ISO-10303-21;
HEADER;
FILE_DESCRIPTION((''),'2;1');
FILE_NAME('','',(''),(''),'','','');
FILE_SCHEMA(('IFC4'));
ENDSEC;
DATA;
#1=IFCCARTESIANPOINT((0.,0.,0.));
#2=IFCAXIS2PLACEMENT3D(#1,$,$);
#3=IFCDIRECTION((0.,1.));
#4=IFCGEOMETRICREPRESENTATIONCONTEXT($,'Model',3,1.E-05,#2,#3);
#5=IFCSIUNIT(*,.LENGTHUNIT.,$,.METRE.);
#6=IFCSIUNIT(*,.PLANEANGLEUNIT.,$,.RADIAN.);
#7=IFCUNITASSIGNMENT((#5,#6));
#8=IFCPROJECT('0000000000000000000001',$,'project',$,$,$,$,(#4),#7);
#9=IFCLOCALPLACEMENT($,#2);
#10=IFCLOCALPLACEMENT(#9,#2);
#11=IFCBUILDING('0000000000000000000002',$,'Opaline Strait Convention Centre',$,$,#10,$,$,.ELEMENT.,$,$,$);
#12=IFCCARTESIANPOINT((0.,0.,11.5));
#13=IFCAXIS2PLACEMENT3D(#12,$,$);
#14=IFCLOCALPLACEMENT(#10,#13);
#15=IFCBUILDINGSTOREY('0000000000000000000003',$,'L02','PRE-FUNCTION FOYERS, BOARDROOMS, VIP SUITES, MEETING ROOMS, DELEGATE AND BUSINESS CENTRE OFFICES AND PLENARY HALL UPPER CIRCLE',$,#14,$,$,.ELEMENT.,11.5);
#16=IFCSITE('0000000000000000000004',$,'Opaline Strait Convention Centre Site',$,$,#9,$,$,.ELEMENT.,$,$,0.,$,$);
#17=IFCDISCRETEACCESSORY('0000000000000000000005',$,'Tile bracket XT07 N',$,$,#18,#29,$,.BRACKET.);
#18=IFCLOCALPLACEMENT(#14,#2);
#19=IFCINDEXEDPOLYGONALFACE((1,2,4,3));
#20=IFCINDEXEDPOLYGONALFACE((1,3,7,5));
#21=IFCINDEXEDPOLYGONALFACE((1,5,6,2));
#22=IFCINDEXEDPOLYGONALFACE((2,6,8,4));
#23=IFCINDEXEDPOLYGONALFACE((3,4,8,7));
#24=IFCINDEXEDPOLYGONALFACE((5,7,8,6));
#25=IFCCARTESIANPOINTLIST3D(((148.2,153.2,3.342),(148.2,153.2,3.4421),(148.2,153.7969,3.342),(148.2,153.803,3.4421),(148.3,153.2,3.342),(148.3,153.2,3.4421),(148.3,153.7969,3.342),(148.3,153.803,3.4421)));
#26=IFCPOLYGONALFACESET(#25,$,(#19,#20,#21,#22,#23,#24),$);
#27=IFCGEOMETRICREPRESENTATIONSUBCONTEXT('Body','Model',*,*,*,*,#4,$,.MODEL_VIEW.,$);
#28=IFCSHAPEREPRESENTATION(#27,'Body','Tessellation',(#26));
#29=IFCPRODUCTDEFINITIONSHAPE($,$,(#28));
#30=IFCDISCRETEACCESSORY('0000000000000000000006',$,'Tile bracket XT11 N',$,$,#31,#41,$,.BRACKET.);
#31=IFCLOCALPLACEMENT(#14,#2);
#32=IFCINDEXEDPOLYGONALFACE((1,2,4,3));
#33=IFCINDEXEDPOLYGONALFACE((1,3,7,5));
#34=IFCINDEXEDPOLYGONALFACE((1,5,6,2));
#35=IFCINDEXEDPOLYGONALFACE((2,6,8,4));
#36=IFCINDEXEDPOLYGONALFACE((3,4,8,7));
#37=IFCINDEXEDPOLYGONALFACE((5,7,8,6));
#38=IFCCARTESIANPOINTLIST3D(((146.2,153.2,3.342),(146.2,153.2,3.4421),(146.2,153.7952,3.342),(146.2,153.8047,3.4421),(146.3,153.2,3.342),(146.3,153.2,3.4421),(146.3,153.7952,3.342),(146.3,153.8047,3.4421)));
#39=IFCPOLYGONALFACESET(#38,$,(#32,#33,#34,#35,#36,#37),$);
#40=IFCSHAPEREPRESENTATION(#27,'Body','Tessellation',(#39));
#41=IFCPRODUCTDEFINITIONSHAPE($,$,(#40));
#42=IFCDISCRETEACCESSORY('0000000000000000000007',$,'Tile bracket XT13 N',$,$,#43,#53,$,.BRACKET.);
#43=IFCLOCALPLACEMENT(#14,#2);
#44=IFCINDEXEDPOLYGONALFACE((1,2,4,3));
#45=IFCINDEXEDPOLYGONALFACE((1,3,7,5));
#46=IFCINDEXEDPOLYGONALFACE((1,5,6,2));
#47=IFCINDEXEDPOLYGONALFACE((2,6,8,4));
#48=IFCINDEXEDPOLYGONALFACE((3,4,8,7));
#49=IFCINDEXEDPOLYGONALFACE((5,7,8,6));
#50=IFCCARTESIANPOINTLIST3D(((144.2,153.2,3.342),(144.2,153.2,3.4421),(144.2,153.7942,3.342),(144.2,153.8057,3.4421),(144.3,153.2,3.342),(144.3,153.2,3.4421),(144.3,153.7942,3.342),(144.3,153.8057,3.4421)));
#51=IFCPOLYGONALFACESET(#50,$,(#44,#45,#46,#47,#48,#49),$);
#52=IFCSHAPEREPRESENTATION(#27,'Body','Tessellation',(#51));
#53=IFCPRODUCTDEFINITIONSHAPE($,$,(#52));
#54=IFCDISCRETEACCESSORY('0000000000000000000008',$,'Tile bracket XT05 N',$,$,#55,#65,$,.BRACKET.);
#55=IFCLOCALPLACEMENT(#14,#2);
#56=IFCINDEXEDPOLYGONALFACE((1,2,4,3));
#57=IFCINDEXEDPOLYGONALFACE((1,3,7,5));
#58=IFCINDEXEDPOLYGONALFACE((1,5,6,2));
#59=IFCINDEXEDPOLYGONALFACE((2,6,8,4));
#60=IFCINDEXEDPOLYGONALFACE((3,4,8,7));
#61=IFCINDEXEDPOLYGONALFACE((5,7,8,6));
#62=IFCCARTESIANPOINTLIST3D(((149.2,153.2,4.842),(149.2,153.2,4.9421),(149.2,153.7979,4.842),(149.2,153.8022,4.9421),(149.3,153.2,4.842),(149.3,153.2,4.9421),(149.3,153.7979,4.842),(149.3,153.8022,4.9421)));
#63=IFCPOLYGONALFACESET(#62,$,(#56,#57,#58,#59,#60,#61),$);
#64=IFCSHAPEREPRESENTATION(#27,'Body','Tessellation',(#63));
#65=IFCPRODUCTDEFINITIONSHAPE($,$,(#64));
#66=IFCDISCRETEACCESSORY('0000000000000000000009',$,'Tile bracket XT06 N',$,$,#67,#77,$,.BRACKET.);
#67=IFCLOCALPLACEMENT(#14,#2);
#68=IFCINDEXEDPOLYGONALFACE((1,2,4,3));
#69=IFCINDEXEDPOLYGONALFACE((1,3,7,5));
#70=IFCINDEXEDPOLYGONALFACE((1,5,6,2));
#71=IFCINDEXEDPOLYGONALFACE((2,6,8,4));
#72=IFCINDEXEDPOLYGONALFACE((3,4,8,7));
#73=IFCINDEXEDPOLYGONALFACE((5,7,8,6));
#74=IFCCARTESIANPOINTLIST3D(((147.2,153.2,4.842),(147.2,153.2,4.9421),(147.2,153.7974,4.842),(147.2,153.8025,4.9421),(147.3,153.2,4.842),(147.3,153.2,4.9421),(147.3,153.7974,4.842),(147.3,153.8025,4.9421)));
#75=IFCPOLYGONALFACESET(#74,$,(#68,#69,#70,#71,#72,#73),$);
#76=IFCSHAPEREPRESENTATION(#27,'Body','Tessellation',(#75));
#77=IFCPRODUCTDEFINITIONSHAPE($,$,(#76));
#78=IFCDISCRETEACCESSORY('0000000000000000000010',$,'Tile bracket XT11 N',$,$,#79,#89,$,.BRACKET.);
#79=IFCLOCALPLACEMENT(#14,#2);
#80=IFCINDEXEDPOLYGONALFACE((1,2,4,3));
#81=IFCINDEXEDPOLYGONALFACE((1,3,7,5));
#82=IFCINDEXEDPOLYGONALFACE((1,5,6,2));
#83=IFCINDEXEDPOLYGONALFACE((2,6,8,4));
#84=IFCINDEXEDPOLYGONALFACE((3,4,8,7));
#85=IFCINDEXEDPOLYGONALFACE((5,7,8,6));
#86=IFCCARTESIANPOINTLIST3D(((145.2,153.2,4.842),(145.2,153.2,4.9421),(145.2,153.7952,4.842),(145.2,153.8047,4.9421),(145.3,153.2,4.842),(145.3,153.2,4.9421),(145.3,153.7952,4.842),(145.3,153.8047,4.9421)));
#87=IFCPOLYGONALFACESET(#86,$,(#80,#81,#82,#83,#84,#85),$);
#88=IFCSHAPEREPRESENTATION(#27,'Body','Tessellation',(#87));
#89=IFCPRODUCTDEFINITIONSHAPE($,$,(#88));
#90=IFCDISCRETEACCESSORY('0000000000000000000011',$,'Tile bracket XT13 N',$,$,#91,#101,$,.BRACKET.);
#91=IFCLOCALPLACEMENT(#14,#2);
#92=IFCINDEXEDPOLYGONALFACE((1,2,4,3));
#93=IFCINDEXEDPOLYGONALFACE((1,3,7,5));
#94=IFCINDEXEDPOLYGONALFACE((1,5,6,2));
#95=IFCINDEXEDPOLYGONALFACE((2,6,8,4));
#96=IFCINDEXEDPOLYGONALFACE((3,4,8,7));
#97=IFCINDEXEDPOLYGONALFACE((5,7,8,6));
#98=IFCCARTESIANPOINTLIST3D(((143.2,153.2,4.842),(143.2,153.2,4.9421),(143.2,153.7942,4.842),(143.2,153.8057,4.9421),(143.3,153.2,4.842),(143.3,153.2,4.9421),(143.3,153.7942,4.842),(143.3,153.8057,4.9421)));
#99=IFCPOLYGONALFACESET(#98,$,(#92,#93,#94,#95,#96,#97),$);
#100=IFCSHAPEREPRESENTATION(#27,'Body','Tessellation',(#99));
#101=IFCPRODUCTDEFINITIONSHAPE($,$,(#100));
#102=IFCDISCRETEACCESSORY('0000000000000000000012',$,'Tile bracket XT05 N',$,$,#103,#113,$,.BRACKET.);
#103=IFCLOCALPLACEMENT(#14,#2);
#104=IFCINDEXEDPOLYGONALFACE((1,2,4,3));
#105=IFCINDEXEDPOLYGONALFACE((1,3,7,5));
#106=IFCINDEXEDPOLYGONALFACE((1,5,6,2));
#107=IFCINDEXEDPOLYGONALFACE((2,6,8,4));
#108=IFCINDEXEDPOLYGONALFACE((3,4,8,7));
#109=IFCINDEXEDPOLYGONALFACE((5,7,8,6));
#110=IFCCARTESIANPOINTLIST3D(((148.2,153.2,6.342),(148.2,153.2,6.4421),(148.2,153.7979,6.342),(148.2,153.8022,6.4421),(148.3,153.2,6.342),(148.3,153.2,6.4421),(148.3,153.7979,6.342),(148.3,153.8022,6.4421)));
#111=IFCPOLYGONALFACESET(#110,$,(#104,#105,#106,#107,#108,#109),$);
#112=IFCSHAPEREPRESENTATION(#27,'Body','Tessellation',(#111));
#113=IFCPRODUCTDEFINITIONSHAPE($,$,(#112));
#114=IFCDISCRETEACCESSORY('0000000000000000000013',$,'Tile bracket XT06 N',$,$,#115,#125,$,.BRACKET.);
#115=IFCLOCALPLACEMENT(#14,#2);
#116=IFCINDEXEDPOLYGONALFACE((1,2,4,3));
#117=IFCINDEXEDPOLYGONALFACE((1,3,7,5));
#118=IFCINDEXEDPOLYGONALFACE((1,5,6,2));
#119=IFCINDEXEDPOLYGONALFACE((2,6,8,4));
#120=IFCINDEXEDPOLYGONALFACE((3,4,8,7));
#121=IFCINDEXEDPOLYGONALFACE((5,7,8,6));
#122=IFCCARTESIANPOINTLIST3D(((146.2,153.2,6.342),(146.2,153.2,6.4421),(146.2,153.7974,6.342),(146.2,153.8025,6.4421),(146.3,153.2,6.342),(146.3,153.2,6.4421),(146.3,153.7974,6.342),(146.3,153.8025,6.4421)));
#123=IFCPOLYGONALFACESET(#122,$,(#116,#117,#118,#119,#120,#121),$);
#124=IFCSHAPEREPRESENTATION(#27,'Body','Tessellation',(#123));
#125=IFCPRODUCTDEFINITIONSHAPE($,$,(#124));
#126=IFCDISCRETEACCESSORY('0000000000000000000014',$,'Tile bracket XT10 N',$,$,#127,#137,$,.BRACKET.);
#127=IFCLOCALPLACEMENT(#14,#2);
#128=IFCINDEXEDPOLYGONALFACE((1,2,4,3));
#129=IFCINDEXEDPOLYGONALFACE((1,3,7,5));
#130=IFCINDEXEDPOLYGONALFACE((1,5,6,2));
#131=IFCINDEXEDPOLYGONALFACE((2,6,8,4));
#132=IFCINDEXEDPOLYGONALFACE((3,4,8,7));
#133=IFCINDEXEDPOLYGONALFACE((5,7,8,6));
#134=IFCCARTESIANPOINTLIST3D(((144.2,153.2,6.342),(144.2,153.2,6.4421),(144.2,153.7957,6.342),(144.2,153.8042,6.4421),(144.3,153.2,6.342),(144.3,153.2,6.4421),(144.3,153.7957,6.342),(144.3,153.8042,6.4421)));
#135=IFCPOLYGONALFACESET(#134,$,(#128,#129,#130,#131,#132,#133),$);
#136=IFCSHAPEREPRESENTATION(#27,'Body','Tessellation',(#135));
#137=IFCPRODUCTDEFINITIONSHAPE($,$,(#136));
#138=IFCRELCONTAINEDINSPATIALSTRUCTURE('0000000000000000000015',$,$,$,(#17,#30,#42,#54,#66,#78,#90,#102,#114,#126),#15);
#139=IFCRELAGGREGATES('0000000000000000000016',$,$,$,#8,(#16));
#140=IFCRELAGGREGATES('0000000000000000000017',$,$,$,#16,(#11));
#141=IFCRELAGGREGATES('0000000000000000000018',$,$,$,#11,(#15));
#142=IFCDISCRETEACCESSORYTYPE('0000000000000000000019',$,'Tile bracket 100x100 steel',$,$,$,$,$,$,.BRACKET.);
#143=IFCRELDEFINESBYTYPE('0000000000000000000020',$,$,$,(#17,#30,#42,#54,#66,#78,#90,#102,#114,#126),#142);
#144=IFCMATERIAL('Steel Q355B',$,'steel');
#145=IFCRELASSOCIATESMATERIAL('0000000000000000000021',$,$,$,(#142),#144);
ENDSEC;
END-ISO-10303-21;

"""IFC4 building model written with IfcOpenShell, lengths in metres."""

from ifc_helpers import new_model, si_unit, direction, frame, origin, place, context, subcontext, project, spatial, polyline, outline, extrude, material, type_object, element, save


model = new_model("IFC4")

# Units and contexts
model_context = context("Model", 3, precision=1e-05, world=origin(), true_north=direction((0.0, 1.0)))
body_context = subcontext(model_context, "Body", "Model", "MODEL_VIEW")
ifc_project = project(units=[si_unit("LENGTHUNIT", "METRE"), si_unit("PLANEANGLEUNIT", "RADIAN")], contexts=[model_context])

# Site, building, storey
site_placement = place(None, origin())
site = spatial("IfcSite", under=ifc_project, at=site_placement, Name="Opaline Strait Convention Centre Site", CompositionType="ELEMENT", RefElevation=0.0)
building_placement = place(site_placement, origin())
building = spatial("IfcBuilding", under=site, at=building_placement, Name="Opaline Strait Convention Centre", CompositionType="ELEMENT")
storey_placement = place(building_placement, frame((0.0, 0.0, 11.5)))
storey = spatial("IfcBuildingStorey", under=building, at=storey_placement, Name="L02", Description="PRE-FUNCTION FOYERS, BOARDROOMS, VIP SUITES, MEETING ROOMS, DELEGATE AND BUSINESS CENTRE OFFICES AND PLENARY HALL UPPER CIRCLE", CompositionType="ELEMENT", Elevation=11.5)

# Discrete accessories
ifc_material_1 = material(Name="Steel Q355B", Category="steel")
discrete_accessory_type = type_object("IfcDiscreteAccessoryType", Name="Tile bracket 100x100 steel", PredefinedType="BRACKET", material=ifc_material_1)
discrete_accessory_1_placement = place(storey_placement, frame((148.3, 153.2, 3.3921), z_axis=(-1.0, 0.0, 0.0), x_axis=(0.0, -1.0, 0.0)))
element("IfcDiscreteAccessory", 1, at=discrete_accessory_1_placement, inside=storey, type_object=discrete_accessory_type, Name="Tile bracket XT07 N", PredefinedType="BRACKET", context=body_context, shape_type="SweptSolid", body=[
    extrude(outline(polyline([(0.0, -0.05), (0.0, 0.05), (-0.603, 0.05), (-0.5969, -0.05), (0.0, -0.05)])), origin(), (0.0, 0.0, 1.0), 0.1001),
])
discrete_accessory_2_placement = place(storey_placement, frame((146.3, 153.2, 3.3921), z_axis=(-1.0, 0.0, 0.0), x_axis=(0.0, -1.0, 0.0)))
element("IfcDiscreteAccessory", 2, at=discrete_accessory_2_placement, inside=storey, type_object=discrete_accessory_type, Name="Tile bracket XT11 N", PredefinedType="BRACKET", context=body_context, shape_type="SweptSolid", body=[
    extrude(outline(polyline([(0.0, -0.05), (0.0, 0.05), (-0.6047, 0.05), (-0.5952, -0.05), (0.0, -0.05)])), origin(), (0.0, 0.0, 1.0), 0.1001),
])
discrete_accessory_3_placement = place(storey_placement, frame((144.3, 153.2, 3.3921), z_axis=(-1.0, 0.0, 0.0), x_axis=(0.0, -1.0, 0.0)))
element("IfcDiscreteAccessory", 3, at=discrete_accessory_3_placement, inside=storey, type_object=discrete_accessory_type, Name="Tile bracket XT13 N", PredefinedType="BRACKET", context=body_context, shape_type="SweptSolid", body=[
    extrude(outline(polyline([(0.0, -0.05), (0.0, 0.05), (-0.6057, 0.05), (-0.5942, -0.05), (0.0, -0.05)])), origin(), (0.0, 0.0, 1.0), 0.1001),
])
discrete_accessory_4_placement = place(storey_placement, frame((149.3, 153.2, 4.8921), z_axis=(-1.0, 0.0, 0.0), x_axis=(0.0, -1.0, 0.0)))
element("IfcDiscreteAccessory", 4, at=discrete_accessory_4_placement, inside=storey, type_object=discrete_accessory_type, Name="Tile bracket XT05 N", PredefinedType="BRACKET", context=body_context, shape_type="SweptSolid", body=[
    extrude(outline(polyline([(0.0, -0.05), (0.0, 0.05), (-0.6023, 0.05), (-0.5979, -0.05), (0.0, -0.05)])), origin(), (0.0, 0.0, 1.0), 0.1001),
])
discrete_accessory_5_placement = place(storey_placement, frame((147.3, 153.2, 4.8921), z_axis=(-1.0, 0.0, 0.0), x_axis=(0.0, -1.0, 0.0)))
element("IfcDiscreteAccessory", 5, at=discrete_accessory_5_placement, inside=storey, type_object=discrete_accessory_type, Name="Tile bracket XT06 N", PredefinedType="BRACKET", context=body_context, shape_type="SweptSolid", body=[
    extrude(outline(polyline([(0.0, -0.05), (0.0, 0.05), (-0.6025, 0.05), (-0.5974, -0.05), (0.0, -0.05)])), origin(), (0.0, 0.0, 1.0), 0.1001),
])
discrete_accessory_6_placement = place(storey_placement, frame((145.3, 153.2, 4.8921), z_axis=(-1.0, 0.0, 0.0), x_axis=(0.0, -1.0, 0.0)))
element("IfcDiscreteAccessory", 6, at=discrete_accessory_6_placement, inside=storey, type_object=discrete_accessory_type, Name="Tile bracket XT11 N", PredefinedType="BRACKET", context=body_context, shape_type="SweptSolid", body=[
    extrude(outline(polyline([(0.0, -0.05), (0.0, 0.05), (-0.6047, 0.05), (-0.5952, -0.05), (0.0, -0.05)])), origin(), (0.0, 0.0, 1.0), 0.1001),
])
discrete_accessory_7_placement = place(storey_placement, frame((143.3, 153.2, 4.8921), z_axis=(-1.0, 0.0, 0.0), x_axis=(0.0, -1.0, 0.0)))
element("IfcDiscreteAccessory", 7, at=discrete_accessory_7_placement, inside=storey, type_object=discrete_accessory_type, Name="Tile bracket XT13 N", PredefinedType="BRACKET", context=body_context, shape_type="SweptSolid", body=[
    extrude(outline(polyline([(0.0, -0.05), (0.0, 0.05), (-0.6057, 0.05), (-0.5942, -0.05), (0.0, -0.05)])), origin(), (0.0, 0.0, 1.0), 0.1001),
])
discrete_accessory_8_placement = place(storey_placement, frame((148.3, 153.2, 6.3921), z_axis=(-1.0, 0.0, 0.0), x_axis=(0.0, -1.0, 0.0)))
element("IfcDiscreteAccessory", 8, at=discrete_accessory_8_placement, inside=storey, type_object=discrete_accessory_type, Name="Tile bracket XT05 N", PredefinedType="BRACKET", context=body_context, shape_type="SweptSolid", body=[
    extrude(outline(polyline([(0.0, -0.05), (0.0, 0.05), (-0.6023, 0.05), (-0.5979, -0.05), (0.0, -0.05)])), origin(), (0.0, 0.0, 1.0), 0.1001),
])
discrete_accessory_9_placement = place(storey_placement, frame((146.3, 153.2, 6.3921), z_axis=(-1.0, 0.0, 0.0), x_axis=(0.0, -1.0, 0.0)))
element("IfcDiscreteAccessory", 9, at=discrete_accessory_9_placement, inside=storey, type_object=discrete_accessory_type, Name="Tile bracket XT06 N", PredefinedType="BRACKET", context=body_context, shape_type="SweptSolid", body=[
    extrude(outline(polyline([(0.0, -0.05), (0.0, 0.05), (-0.6025, 0.05), (-0.5974, -0.05), (0.0, -0.05)])), origin(), (0.0, 0.0, 1.0), 0.1001),
])
discrete_accessory_10_placement = place(storey_placement, frame((144.3, 153.2, 6.3921), z_axis=(-1.0, 0.0, 0.0), x_axis=(0.0, -1.0, 0.0)))
element("IfcDiscreteAccessory", 10, at=discrete_accessory_10_placement, inside=storey, type_object=discrete_accessory_type, Name="Tile bracket XT10 N", PredefinedType="BRACKET", context=body_context, shape_type="SweptSolid", body=[
    extrude(outline(polyline([(0.0, -0.05), (0.0, 0.05), (-0.6042, 0.05), (-0.5957, -0.05), (0.0, -0.05)])), origin(), (0.0, 0.0, 1.0), 0.1001),
])

save(model, "model.ifc")
